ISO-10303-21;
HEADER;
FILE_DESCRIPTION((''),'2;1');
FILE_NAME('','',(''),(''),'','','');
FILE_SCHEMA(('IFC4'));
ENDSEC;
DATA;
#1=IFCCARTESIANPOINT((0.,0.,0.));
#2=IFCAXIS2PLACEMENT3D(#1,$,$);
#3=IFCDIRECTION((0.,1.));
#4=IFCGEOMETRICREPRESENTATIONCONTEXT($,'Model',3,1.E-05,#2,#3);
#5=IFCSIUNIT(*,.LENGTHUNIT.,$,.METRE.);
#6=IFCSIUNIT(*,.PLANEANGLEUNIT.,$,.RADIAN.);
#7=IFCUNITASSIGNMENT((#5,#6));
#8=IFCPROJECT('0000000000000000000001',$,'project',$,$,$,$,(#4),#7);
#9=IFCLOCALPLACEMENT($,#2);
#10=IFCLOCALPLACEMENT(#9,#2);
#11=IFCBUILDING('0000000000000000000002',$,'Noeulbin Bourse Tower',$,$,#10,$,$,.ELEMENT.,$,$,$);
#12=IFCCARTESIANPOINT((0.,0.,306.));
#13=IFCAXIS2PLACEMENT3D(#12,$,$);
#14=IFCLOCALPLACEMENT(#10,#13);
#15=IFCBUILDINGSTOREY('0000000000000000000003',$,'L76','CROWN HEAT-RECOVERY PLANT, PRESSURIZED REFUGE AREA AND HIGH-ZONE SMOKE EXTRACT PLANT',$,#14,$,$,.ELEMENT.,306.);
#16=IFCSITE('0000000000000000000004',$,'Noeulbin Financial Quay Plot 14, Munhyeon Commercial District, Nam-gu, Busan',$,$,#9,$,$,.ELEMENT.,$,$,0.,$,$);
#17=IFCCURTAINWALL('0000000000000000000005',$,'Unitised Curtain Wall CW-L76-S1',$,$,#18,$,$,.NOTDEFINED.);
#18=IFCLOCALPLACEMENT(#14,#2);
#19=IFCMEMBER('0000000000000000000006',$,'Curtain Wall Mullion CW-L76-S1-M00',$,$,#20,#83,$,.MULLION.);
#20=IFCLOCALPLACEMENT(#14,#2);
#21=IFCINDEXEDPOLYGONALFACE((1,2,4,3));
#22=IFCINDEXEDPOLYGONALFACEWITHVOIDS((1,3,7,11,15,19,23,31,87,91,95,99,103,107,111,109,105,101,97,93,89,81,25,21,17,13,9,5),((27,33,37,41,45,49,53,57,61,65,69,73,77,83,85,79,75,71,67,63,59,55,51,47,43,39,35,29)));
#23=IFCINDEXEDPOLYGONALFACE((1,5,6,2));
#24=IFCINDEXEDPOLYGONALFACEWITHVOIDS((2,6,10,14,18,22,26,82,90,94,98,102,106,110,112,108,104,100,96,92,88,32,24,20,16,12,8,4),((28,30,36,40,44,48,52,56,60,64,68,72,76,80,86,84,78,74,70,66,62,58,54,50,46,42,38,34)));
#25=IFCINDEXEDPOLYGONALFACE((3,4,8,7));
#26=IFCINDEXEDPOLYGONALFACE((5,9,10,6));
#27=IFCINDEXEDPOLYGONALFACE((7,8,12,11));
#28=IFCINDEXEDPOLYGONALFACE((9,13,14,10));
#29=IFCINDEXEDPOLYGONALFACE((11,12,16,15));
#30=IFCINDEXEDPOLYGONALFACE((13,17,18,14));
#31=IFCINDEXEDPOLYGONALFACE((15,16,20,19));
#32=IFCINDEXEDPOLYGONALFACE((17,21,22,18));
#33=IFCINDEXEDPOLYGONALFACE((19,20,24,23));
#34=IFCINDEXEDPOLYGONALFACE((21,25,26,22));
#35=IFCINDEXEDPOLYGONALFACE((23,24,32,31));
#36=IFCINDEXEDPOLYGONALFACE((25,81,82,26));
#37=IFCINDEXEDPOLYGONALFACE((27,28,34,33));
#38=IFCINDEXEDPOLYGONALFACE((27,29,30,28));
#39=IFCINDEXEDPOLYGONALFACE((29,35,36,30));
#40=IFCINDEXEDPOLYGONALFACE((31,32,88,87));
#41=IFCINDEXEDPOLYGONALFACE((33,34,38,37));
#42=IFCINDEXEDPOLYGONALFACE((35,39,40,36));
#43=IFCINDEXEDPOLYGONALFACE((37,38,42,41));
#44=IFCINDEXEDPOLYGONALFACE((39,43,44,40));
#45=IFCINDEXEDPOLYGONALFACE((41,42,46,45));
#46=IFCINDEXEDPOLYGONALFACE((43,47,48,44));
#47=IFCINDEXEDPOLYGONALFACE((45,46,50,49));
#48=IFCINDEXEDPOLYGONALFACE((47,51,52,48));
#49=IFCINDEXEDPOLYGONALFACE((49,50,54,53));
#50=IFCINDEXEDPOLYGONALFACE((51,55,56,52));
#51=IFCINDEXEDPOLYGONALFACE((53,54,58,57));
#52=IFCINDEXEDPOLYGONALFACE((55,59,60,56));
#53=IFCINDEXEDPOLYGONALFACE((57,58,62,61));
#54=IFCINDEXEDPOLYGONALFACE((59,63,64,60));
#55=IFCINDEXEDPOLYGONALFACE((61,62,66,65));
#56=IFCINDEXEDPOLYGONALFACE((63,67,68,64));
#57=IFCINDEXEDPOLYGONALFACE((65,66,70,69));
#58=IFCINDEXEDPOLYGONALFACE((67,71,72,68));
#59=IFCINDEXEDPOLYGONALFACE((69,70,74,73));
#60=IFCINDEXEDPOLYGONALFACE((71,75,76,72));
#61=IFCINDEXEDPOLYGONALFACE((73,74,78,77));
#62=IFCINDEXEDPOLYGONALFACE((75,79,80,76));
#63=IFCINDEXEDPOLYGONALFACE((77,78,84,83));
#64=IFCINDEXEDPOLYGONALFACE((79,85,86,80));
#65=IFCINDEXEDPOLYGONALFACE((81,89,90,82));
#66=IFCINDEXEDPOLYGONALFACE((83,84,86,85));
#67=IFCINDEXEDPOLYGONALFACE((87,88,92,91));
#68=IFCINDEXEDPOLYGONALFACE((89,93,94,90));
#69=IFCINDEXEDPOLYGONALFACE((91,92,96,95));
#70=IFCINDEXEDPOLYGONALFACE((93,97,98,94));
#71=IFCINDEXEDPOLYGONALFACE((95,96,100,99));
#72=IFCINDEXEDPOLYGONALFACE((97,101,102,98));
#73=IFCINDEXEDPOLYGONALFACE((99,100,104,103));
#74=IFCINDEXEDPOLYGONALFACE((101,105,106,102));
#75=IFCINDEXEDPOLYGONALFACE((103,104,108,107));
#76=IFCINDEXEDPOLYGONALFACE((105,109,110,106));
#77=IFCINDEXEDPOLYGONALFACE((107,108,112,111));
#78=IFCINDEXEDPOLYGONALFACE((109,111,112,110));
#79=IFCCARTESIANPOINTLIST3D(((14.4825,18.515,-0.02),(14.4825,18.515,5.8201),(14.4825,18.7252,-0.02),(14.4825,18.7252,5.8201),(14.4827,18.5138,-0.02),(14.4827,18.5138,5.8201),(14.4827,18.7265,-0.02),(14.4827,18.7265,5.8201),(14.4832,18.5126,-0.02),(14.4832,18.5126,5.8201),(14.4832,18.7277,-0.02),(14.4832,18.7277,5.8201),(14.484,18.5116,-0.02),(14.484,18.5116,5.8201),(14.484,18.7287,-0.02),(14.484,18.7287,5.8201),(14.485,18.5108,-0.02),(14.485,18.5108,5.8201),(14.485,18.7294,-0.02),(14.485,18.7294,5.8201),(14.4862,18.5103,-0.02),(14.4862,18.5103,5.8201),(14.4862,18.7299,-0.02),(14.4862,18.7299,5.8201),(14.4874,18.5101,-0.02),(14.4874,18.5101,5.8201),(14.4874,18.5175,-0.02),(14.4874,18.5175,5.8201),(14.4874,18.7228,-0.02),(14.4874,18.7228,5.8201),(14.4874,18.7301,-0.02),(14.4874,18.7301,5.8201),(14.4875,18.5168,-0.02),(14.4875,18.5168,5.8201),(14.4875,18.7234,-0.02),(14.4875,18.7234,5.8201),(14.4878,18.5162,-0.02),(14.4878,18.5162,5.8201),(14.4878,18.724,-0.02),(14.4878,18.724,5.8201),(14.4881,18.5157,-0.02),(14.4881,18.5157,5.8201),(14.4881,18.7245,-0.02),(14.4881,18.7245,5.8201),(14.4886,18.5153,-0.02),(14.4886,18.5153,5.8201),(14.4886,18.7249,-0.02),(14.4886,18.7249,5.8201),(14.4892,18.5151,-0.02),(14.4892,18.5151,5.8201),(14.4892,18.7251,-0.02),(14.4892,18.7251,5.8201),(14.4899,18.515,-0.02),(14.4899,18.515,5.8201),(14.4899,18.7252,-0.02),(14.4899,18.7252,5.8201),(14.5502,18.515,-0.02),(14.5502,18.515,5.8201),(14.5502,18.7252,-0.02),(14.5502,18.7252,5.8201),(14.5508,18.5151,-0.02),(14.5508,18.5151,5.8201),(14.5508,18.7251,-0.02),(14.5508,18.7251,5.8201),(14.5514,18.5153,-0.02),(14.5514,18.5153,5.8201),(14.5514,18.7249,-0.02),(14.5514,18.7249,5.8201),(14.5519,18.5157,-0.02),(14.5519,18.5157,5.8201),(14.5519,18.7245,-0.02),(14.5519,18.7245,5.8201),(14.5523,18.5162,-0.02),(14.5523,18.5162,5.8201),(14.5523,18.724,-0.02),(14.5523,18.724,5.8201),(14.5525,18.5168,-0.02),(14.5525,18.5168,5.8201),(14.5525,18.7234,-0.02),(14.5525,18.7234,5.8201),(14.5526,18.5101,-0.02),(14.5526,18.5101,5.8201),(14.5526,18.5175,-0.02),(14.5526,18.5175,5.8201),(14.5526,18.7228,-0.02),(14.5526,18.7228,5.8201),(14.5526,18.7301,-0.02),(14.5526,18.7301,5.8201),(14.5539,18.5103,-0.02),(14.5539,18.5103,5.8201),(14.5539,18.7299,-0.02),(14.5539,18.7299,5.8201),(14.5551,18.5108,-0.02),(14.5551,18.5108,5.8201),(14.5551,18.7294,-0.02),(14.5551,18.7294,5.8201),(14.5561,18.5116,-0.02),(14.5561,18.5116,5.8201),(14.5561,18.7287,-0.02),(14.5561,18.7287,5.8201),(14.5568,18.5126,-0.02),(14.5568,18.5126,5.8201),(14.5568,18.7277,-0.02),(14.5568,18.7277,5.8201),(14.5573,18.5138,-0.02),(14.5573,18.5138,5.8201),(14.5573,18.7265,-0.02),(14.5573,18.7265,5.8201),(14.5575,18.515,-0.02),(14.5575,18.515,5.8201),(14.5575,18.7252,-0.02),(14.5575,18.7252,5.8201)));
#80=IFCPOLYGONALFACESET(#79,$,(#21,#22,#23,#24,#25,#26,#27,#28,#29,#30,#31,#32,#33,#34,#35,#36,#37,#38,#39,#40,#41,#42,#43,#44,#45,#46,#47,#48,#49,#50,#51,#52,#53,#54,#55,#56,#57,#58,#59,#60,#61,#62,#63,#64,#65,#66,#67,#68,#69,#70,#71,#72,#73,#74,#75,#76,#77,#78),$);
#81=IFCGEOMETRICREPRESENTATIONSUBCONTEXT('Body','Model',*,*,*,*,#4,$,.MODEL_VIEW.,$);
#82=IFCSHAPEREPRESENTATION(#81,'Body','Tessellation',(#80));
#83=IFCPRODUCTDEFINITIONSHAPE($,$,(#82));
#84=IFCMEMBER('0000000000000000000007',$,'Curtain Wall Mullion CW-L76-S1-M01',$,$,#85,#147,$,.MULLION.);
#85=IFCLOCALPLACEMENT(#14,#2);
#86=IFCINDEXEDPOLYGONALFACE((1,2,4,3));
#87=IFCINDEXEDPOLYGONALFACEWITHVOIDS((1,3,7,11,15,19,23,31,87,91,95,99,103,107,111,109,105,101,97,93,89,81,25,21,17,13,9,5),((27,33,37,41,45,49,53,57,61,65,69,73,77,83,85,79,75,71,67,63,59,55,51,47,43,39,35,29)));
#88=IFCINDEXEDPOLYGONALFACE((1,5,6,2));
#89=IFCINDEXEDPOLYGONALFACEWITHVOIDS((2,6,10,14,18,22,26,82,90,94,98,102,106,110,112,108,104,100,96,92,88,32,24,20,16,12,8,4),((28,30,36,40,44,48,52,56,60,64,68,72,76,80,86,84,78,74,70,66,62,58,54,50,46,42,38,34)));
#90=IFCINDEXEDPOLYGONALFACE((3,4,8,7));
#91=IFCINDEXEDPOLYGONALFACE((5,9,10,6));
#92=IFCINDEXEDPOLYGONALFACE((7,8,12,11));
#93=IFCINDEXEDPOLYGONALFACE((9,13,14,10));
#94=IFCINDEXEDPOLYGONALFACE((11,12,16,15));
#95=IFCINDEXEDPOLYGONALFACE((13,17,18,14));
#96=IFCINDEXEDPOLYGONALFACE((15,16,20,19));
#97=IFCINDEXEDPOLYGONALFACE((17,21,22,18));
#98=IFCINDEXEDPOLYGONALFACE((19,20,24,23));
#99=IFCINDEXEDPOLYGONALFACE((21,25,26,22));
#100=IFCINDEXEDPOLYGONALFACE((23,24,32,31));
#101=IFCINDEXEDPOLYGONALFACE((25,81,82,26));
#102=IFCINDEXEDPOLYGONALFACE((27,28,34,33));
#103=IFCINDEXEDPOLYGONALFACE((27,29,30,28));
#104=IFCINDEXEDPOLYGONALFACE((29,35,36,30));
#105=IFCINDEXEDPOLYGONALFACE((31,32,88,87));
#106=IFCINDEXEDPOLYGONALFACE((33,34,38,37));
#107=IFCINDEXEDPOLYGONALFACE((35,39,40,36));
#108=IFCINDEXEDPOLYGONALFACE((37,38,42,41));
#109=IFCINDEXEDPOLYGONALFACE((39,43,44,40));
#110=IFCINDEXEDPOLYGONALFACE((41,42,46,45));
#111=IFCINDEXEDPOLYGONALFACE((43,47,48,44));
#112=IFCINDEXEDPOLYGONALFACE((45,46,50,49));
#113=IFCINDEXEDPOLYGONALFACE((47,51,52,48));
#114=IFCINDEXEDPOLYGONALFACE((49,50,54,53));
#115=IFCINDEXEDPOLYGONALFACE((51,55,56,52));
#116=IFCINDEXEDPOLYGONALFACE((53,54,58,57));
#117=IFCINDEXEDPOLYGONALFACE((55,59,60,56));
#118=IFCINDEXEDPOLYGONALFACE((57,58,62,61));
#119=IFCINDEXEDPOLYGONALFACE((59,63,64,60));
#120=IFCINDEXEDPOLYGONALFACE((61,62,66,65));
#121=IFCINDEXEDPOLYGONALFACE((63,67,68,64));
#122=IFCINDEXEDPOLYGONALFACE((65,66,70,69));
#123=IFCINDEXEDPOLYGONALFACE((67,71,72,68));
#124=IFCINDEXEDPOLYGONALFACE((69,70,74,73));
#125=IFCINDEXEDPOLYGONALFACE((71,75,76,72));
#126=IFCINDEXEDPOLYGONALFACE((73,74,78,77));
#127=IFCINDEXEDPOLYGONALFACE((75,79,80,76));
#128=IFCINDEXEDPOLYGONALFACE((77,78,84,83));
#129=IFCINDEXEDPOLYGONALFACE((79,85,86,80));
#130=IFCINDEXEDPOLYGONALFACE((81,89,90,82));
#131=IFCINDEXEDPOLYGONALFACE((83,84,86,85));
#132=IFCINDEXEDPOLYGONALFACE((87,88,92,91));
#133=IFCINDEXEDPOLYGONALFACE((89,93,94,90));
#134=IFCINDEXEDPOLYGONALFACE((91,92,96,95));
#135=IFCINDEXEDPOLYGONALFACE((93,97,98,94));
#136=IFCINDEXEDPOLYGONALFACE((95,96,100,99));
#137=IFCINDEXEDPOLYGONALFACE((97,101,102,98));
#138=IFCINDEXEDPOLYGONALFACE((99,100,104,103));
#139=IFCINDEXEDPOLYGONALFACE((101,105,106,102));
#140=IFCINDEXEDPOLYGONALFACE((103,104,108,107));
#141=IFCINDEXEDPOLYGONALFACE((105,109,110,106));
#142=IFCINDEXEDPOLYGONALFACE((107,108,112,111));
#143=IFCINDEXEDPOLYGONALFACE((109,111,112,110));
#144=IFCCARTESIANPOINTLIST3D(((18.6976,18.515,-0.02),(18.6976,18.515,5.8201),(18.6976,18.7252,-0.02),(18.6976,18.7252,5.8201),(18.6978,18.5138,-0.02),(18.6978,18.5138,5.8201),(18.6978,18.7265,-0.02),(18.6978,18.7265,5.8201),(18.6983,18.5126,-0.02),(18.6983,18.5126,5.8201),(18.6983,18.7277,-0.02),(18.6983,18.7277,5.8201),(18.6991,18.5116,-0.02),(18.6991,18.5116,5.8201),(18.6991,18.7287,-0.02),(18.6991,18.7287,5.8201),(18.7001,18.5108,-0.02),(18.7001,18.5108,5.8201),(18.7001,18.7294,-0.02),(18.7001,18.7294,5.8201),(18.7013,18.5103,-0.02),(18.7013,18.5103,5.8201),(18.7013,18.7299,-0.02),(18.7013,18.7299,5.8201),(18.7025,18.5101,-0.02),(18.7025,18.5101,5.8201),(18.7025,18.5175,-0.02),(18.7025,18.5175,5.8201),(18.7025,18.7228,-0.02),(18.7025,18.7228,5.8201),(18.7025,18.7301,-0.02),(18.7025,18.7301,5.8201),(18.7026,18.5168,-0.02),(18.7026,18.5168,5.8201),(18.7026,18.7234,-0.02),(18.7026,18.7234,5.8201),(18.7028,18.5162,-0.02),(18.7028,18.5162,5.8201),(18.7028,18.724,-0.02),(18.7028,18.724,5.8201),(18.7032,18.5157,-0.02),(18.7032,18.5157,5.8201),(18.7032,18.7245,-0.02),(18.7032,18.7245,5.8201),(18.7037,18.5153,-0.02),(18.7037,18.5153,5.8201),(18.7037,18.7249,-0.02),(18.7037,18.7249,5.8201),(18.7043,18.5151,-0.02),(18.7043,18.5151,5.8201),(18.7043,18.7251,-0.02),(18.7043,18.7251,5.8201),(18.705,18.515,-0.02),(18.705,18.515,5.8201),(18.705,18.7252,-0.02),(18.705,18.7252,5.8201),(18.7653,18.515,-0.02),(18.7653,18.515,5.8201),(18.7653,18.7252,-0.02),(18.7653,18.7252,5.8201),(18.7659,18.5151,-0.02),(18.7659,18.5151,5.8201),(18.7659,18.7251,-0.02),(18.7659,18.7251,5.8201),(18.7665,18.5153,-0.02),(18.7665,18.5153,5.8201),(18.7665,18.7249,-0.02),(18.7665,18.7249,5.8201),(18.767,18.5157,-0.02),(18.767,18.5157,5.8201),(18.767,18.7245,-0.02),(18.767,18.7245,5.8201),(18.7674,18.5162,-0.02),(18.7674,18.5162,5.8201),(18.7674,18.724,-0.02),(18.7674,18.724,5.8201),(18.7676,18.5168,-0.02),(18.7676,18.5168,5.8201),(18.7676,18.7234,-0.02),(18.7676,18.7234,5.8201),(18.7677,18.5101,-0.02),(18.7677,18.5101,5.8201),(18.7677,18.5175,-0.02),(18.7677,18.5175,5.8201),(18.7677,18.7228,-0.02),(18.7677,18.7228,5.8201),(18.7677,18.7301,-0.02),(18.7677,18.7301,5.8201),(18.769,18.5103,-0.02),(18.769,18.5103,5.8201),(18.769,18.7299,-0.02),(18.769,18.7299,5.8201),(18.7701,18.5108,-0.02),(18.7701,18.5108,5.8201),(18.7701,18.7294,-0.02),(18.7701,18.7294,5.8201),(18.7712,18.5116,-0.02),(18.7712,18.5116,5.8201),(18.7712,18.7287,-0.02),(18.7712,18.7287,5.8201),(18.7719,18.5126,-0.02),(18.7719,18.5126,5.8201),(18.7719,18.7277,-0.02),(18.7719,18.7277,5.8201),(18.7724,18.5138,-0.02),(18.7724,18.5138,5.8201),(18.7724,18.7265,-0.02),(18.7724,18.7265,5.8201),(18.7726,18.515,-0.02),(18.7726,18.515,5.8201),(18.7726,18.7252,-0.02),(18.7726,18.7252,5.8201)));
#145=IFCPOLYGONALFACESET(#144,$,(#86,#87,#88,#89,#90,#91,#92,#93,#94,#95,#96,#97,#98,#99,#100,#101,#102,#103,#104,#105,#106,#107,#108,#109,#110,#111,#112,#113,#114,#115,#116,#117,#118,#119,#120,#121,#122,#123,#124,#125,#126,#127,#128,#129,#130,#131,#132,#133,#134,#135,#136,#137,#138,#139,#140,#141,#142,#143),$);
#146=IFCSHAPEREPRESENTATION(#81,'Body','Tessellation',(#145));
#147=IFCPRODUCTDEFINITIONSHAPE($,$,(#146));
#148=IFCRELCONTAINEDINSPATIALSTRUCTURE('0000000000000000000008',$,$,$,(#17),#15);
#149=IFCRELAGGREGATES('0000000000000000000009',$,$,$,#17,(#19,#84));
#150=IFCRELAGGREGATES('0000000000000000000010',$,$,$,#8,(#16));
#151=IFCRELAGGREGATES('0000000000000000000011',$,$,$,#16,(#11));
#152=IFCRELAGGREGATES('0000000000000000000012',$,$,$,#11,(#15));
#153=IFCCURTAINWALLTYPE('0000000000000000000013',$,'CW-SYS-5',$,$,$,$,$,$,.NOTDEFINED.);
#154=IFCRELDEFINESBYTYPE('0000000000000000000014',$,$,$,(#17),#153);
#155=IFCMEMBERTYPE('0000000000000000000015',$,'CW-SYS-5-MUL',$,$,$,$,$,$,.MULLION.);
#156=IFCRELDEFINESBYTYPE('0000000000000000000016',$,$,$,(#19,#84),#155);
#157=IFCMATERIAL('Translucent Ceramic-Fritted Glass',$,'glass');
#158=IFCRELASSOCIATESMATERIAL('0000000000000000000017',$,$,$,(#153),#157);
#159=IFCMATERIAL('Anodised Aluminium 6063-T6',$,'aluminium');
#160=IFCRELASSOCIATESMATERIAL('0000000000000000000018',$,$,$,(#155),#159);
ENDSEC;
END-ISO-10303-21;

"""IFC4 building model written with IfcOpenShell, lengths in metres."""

from ifc_helpers import new_model, si_unit, direction, frame, origin, origin_2d, place, context, subcontext, project, spatial, hollow_rectangle, extrude, material, material_profile, profile_set, type_object, element, aggregate, save


model = new_model("IFC4")

# Units and contexts
model_context = context("Model", 3, precision=1e-05, world=origin(), true_north=direction((0.0, 1.0)))
body_context = subcontext(model_context, "Body", "Model", "MODEL_VIEW")
ifc_project = project(units=[si_unit("LENGTHUNIT", "METRE"), si_unit("PLANEANGLEUNIT", "RADIAN")], contexts=[model_context])

# Site, building, storey
site_placement = place(None, origin())
site = spatial("IfcSite", under=ifc_project, at=site_placement, Name="Noeulbin Financial Quay Plot 14, Munhyeon Commercial District, Nam-gu, Busan", CompositionType="ELEMENT", RefElevation=0.0)
building_placement = place(site_placement, origin())
building = spatial("IfcBuilding", under=site, at=building_placement, Name="Noeulbin Bourse Tower", CompositionType="ELEMENT")
storey_placement = place(building_placement, frame((0.0, 0.0, 306.0)))
storey = spatial("IfcBuildingStorey", under=building, at=storey_placement, Name="L76", Description="CROWN HEAT-RECOVERY PLANT, PRESSURIZED REFUGE AREA AND HIGH-ZONE SMOKE EXTRACT PLANT", CompositionType="ELEMENT", Elevation=306.0)

# Curtain wall, members
ifc_material_1 = material(Name="Translucent Ceramic-Fritted Glass", Category="glass")
curtain_wall_type = type_object("IfcCurtainWallType", Name="CW-SYS-5", PredefinedType="NOTDEFINED", material=ifc_material_1)
curtain_wall_placement = place(storey_placement, origin())
curtain_wall = element("IfcCurtainWall", 1, at=curtain_wall_placement, inside=storey, type_object=curtain_wall_type, Name="Unitised Curtain Wall CW-L76-S1", PredefinedType="NOTDEFINED")
ifc_material_2 = material(Name="Anodised Aluminium 6063-T6", Category="aluminium")
ifc_material_profile_1 = material_profile(ifc_material_2, hollow_rectangle(XDim=0.075, YDim=0.22, WallThickness=0.0049, InnerFilletRadius=0.0024, OuterFilletRadius=0.0049, at=origin_2d()), Name="ALU-MULL-75x220x5", Category="LoadBearing")
ifc_profile_set_1 = profile_set([ifc_material_profile_1], Name="Anodised Aluminium 6063-T6")
member_type_1 = type_object("IfcMemberType", Name="CW-SYS-5-MUL", PredefinedType="MULLION", material=ifc_profile_set_1)
member_1_placement = place(storey_placement, frame((14.52, 18.6201, -0.02), z_axis=(0.0, 0.0, 1.0), x_axis=(1.0, 0.0, 0.0)))
member_1 = element("IfcMember", 2, at=member_1_placement, type_object=member_type_1, Name="Curtain Wall Mullion CW-L76-S1-M00", PredefinedType="MULLION", context=body_context, shape_type="SweptSolid", body=[
    extrude(hollow_rectangle(XDim=0.075, YDim=0.22, WallThickness=0.0049, InnerFilletRadius=0.0024, OuterFilletRadius=0.0049, at=origin_2d()), origin(), (0.0, 0.0, 1.0), 5.8401),
])
member_2_placement = place(storey_placement, frame((18.7351, 18.6201, -0.02), z_axis=(0.0, 0.0, 1.0), x_axis=(1.0, 0.0, 0.0)))
member_2 = element("IfcMember", 3, at=member_2_placement, type_object=member_type_1, Name="Curtain Wall Mullion CW-L76-S1-M01", PredefinedType="MULLION", context=body_context, shape_type="SweptSolid", body=[
    extrude(hollow_rectangle(XDim=0.075, YDim=0.22, WallThickness=0.0049, InnerFilletRadius=0.0024, OuterFilletRadius=0.0049, at=origin_2d()), origin(), (0.0, 0.0, 1.0), 5.8401),
])
aggregate(curtain_wall, [member_1, member_2])

save(model, "model.ifc")
